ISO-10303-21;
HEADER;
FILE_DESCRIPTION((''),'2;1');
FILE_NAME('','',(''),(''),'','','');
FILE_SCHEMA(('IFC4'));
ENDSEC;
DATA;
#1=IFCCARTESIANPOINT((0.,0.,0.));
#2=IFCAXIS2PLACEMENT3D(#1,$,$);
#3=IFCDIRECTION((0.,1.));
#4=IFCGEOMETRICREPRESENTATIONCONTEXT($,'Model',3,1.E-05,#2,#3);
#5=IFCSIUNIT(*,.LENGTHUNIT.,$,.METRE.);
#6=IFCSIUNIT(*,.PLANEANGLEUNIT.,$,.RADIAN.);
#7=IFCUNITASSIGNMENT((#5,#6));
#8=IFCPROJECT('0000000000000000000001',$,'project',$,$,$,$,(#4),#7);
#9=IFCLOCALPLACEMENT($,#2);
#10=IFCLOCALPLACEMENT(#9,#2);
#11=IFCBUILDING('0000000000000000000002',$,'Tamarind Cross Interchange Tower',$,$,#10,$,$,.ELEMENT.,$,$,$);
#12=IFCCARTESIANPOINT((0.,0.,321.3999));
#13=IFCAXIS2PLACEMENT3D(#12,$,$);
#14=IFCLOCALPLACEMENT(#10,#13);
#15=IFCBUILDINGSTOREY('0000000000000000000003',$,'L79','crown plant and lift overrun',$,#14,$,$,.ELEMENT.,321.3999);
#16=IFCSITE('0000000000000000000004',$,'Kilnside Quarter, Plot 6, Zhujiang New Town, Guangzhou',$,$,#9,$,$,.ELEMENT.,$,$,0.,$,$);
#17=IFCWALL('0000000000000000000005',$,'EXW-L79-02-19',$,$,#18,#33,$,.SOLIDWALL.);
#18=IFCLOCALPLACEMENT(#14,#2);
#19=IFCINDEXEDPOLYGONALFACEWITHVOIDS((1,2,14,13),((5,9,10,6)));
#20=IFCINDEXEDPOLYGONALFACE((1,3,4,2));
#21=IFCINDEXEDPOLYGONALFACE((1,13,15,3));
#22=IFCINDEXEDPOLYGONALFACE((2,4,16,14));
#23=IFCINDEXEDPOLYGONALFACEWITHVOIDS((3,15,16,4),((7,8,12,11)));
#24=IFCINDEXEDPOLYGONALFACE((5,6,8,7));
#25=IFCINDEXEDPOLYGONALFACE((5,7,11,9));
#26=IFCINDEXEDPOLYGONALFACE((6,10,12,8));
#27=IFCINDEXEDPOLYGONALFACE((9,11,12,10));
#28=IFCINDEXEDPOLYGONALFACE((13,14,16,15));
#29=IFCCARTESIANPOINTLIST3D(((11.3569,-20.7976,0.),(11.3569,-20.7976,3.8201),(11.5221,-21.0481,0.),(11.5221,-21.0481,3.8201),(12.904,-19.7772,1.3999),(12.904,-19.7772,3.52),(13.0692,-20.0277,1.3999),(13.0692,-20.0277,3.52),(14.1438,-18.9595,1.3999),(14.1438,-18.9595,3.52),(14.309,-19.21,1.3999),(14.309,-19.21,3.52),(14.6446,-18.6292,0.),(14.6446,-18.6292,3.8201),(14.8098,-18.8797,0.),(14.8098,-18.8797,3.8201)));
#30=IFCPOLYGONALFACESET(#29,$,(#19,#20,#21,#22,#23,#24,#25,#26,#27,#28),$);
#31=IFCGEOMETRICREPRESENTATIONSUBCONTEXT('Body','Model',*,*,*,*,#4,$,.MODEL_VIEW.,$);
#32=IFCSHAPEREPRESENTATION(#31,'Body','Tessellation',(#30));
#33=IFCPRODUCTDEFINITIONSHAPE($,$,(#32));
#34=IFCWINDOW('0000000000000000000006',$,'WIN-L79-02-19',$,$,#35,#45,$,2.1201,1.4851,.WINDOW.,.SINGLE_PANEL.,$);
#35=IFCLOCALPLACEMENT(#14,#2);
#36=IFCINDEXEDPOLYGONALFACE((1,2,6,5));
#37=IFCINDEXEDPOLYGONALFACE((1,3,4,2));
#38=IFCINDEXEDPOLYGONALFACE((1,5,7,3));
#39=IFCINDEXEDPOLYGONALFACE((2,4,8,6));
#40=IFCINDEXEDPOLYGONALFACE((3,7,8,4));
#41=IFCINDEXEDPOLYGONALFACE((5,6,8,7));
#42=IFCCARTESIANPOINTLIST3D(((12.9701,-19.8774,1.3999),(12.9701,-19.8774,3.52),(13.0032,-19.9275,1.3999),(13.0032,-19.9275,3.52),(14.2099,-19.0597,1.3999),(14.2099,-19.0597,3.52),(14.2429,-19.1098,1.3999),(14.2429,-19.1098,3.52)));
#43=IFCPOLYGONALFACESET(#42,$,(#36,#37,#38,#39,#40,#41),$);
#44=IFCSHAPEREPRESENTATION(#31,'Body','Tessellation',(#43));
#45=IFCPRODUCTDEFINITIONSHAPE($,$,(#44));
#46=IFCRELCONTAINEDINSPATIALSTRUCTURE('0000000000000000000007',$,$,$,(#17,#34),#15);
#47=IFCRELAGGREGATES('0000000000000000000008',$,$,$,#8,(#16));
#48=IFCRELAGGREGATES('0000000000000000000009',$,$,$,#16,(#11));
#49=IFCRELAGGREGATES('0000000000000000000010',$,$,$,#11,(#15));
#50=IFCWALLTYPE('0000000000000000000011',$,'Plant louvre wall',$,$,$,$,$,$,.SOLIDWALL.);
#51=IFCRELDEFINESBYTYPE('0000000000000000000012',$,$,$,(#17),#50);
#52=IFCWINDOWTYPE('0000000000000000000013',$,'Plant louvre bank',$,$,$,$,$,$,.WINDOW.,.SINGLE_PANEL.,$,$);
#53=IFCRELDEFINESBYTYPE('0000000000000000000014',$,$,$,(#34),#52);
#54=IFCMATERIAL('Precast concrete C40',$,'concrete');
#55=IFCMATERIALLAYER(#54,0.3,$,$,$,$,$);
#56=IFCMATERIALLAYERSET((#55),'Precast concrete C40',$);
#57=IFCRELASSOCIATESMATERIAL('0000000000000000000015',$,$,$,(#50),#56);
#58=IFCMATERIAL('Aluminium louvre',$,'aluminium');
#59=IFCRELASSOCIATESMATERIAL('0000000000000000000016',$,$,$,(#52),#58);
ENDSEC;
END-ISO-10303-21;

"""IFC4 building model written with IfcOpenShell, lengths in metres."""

from ifc_helpers import new_model, si_unit, direction, frame, frame_2d, origin, place, context, subcontext, project, spatial, rectangle, extrude, material, layer, layer_set, type_object, element, fill, save


model = new_model("IFC4")

# Units and contexts
model_context = context("Model", 3, precision=1e-05, world=origin(), true_north=direction((0.0, 1.0)))
body_context = subcontext(model_context, "Body", "Model", "MODEL_VIEW")
ifc_project = project(units=[si_unit("LENGTHUNIT", "METRE"), si_unit("PLANEANGLEUNIT", "RADIAN")], contexts=[model_context])

# Site, building, storey
site_placement = place(None, origin())
site = spatial("IfcSite", under=ifc_project, at=site_placement, Name="Kilnside Quarter, Plot 6, Zhujiang New Town, Guangzhou", CompositionType="ELEMENT", RefElevation=0.0)
building_placement = place(site_placement, origin())
building = spatial("IfcBuilding", under=site, at=building_placement, Name="Tamarind Cross Interchange Tower", CompositionType="ELEMENT")
storey_placement = place(building_placement, frame((0.0, 0.0, 321.3999)))
storey = spatial("IfcBuildingStorey", under=building, at=storey_placement, Name="L79", Description="crown plant and lift overrun", CompositionType="ELEMENT", Elevation=321.3999)

# Wall, opening, window
ifc_material_1 = material(Name="Precast concrete C40", Category="concrete")
ifc_layer_1 = layer(ifc_material_1, 0.3)
ifc_layer_set_1 = layer_set([ifc_layer_1], Name="Precast concrete C40")
wall_type_1 = type_object("IfcWallType", Name="Plant louvre wall", PredefinedType="SOLIDWALL", material=ifc_layer_set_1)
ifc_material_2 = material(Name="Aluminium louvre", Category="aluminium")
window_type = type_object("IfcWindowType", Name="Plant louvre bank", PartitioningType="SINGLE_PANEL", PredefinedType="WINDOW", material=ifc_material_2)
wall_1_placement = place(storey_placement, frame((11.4395, -20.9229, 0.0), z_axis=(0.0, 0.0, 1.0), x_axis=(0.834787, 0.550574, 0.0)))
wall_1 = element("IfcWall", 1, at=wall_1_placement, inside=storey, type_object=wall_type_1, Name="EXW-L79-02-19", PredefinedType="SOLIDWALL", context=body_context, shape_type="SweptSolid", body=[
    extrude(rectangle(XDim=3.9385, YDim=0.3, at=frame_2d((1.9692, 0.0))), origin(), (0.0, 0.0, 1.0), 3.8201),
])
opening_1_placement = place(wall_1_placement, frame((1.8533, 0.0, 1.3999)))
opening_1 = element("IfcOpeningElement", 2, at=opening_1_placement, cuts=wall_1, PredefinedType="OPENING", context=body_context, shape_type="SweptSolid", body=[
    extrude(rectangle(XDim=1.4851, YDim=2.1201, at=frame_2d((0.7427, 1.0601))), frame((0.0, 0.1599, 0.0), z_axis=(0.0, -1.0, 0.0), x_axis=(1.0, 0.0, 0.0)), (0.0, 0.0, 1.0), 0.3201),
])
window_1_placement = place(opening_1_placement, origin())
window_1 = element("IfcWindow", 3, at=window_1_placement, inside=storey, type_object=window_type, Name="WIN-L79-02-19", OverallHeight=2.1201, OverallWidth=1.4851, PartitioningType="SINGLE_PANEL", PredefinedType="WINDOW", context=body_context, shape_type="SweptSolid", body=[
    extrude(rectangle(XDim=1.4851, YDim=2.1201, at=frame_2d((0.7427, 1.0601))), frame((0.0, 0.03, 0.0), z_axis=(0.0, -1.0, 0.0), x_axis=(1.0, 0.0, 0.0)), (0.0, 0.0, 1.0), 0.0601),
])
fill(opening_1, window_1)

save(model, "model.ifc")
